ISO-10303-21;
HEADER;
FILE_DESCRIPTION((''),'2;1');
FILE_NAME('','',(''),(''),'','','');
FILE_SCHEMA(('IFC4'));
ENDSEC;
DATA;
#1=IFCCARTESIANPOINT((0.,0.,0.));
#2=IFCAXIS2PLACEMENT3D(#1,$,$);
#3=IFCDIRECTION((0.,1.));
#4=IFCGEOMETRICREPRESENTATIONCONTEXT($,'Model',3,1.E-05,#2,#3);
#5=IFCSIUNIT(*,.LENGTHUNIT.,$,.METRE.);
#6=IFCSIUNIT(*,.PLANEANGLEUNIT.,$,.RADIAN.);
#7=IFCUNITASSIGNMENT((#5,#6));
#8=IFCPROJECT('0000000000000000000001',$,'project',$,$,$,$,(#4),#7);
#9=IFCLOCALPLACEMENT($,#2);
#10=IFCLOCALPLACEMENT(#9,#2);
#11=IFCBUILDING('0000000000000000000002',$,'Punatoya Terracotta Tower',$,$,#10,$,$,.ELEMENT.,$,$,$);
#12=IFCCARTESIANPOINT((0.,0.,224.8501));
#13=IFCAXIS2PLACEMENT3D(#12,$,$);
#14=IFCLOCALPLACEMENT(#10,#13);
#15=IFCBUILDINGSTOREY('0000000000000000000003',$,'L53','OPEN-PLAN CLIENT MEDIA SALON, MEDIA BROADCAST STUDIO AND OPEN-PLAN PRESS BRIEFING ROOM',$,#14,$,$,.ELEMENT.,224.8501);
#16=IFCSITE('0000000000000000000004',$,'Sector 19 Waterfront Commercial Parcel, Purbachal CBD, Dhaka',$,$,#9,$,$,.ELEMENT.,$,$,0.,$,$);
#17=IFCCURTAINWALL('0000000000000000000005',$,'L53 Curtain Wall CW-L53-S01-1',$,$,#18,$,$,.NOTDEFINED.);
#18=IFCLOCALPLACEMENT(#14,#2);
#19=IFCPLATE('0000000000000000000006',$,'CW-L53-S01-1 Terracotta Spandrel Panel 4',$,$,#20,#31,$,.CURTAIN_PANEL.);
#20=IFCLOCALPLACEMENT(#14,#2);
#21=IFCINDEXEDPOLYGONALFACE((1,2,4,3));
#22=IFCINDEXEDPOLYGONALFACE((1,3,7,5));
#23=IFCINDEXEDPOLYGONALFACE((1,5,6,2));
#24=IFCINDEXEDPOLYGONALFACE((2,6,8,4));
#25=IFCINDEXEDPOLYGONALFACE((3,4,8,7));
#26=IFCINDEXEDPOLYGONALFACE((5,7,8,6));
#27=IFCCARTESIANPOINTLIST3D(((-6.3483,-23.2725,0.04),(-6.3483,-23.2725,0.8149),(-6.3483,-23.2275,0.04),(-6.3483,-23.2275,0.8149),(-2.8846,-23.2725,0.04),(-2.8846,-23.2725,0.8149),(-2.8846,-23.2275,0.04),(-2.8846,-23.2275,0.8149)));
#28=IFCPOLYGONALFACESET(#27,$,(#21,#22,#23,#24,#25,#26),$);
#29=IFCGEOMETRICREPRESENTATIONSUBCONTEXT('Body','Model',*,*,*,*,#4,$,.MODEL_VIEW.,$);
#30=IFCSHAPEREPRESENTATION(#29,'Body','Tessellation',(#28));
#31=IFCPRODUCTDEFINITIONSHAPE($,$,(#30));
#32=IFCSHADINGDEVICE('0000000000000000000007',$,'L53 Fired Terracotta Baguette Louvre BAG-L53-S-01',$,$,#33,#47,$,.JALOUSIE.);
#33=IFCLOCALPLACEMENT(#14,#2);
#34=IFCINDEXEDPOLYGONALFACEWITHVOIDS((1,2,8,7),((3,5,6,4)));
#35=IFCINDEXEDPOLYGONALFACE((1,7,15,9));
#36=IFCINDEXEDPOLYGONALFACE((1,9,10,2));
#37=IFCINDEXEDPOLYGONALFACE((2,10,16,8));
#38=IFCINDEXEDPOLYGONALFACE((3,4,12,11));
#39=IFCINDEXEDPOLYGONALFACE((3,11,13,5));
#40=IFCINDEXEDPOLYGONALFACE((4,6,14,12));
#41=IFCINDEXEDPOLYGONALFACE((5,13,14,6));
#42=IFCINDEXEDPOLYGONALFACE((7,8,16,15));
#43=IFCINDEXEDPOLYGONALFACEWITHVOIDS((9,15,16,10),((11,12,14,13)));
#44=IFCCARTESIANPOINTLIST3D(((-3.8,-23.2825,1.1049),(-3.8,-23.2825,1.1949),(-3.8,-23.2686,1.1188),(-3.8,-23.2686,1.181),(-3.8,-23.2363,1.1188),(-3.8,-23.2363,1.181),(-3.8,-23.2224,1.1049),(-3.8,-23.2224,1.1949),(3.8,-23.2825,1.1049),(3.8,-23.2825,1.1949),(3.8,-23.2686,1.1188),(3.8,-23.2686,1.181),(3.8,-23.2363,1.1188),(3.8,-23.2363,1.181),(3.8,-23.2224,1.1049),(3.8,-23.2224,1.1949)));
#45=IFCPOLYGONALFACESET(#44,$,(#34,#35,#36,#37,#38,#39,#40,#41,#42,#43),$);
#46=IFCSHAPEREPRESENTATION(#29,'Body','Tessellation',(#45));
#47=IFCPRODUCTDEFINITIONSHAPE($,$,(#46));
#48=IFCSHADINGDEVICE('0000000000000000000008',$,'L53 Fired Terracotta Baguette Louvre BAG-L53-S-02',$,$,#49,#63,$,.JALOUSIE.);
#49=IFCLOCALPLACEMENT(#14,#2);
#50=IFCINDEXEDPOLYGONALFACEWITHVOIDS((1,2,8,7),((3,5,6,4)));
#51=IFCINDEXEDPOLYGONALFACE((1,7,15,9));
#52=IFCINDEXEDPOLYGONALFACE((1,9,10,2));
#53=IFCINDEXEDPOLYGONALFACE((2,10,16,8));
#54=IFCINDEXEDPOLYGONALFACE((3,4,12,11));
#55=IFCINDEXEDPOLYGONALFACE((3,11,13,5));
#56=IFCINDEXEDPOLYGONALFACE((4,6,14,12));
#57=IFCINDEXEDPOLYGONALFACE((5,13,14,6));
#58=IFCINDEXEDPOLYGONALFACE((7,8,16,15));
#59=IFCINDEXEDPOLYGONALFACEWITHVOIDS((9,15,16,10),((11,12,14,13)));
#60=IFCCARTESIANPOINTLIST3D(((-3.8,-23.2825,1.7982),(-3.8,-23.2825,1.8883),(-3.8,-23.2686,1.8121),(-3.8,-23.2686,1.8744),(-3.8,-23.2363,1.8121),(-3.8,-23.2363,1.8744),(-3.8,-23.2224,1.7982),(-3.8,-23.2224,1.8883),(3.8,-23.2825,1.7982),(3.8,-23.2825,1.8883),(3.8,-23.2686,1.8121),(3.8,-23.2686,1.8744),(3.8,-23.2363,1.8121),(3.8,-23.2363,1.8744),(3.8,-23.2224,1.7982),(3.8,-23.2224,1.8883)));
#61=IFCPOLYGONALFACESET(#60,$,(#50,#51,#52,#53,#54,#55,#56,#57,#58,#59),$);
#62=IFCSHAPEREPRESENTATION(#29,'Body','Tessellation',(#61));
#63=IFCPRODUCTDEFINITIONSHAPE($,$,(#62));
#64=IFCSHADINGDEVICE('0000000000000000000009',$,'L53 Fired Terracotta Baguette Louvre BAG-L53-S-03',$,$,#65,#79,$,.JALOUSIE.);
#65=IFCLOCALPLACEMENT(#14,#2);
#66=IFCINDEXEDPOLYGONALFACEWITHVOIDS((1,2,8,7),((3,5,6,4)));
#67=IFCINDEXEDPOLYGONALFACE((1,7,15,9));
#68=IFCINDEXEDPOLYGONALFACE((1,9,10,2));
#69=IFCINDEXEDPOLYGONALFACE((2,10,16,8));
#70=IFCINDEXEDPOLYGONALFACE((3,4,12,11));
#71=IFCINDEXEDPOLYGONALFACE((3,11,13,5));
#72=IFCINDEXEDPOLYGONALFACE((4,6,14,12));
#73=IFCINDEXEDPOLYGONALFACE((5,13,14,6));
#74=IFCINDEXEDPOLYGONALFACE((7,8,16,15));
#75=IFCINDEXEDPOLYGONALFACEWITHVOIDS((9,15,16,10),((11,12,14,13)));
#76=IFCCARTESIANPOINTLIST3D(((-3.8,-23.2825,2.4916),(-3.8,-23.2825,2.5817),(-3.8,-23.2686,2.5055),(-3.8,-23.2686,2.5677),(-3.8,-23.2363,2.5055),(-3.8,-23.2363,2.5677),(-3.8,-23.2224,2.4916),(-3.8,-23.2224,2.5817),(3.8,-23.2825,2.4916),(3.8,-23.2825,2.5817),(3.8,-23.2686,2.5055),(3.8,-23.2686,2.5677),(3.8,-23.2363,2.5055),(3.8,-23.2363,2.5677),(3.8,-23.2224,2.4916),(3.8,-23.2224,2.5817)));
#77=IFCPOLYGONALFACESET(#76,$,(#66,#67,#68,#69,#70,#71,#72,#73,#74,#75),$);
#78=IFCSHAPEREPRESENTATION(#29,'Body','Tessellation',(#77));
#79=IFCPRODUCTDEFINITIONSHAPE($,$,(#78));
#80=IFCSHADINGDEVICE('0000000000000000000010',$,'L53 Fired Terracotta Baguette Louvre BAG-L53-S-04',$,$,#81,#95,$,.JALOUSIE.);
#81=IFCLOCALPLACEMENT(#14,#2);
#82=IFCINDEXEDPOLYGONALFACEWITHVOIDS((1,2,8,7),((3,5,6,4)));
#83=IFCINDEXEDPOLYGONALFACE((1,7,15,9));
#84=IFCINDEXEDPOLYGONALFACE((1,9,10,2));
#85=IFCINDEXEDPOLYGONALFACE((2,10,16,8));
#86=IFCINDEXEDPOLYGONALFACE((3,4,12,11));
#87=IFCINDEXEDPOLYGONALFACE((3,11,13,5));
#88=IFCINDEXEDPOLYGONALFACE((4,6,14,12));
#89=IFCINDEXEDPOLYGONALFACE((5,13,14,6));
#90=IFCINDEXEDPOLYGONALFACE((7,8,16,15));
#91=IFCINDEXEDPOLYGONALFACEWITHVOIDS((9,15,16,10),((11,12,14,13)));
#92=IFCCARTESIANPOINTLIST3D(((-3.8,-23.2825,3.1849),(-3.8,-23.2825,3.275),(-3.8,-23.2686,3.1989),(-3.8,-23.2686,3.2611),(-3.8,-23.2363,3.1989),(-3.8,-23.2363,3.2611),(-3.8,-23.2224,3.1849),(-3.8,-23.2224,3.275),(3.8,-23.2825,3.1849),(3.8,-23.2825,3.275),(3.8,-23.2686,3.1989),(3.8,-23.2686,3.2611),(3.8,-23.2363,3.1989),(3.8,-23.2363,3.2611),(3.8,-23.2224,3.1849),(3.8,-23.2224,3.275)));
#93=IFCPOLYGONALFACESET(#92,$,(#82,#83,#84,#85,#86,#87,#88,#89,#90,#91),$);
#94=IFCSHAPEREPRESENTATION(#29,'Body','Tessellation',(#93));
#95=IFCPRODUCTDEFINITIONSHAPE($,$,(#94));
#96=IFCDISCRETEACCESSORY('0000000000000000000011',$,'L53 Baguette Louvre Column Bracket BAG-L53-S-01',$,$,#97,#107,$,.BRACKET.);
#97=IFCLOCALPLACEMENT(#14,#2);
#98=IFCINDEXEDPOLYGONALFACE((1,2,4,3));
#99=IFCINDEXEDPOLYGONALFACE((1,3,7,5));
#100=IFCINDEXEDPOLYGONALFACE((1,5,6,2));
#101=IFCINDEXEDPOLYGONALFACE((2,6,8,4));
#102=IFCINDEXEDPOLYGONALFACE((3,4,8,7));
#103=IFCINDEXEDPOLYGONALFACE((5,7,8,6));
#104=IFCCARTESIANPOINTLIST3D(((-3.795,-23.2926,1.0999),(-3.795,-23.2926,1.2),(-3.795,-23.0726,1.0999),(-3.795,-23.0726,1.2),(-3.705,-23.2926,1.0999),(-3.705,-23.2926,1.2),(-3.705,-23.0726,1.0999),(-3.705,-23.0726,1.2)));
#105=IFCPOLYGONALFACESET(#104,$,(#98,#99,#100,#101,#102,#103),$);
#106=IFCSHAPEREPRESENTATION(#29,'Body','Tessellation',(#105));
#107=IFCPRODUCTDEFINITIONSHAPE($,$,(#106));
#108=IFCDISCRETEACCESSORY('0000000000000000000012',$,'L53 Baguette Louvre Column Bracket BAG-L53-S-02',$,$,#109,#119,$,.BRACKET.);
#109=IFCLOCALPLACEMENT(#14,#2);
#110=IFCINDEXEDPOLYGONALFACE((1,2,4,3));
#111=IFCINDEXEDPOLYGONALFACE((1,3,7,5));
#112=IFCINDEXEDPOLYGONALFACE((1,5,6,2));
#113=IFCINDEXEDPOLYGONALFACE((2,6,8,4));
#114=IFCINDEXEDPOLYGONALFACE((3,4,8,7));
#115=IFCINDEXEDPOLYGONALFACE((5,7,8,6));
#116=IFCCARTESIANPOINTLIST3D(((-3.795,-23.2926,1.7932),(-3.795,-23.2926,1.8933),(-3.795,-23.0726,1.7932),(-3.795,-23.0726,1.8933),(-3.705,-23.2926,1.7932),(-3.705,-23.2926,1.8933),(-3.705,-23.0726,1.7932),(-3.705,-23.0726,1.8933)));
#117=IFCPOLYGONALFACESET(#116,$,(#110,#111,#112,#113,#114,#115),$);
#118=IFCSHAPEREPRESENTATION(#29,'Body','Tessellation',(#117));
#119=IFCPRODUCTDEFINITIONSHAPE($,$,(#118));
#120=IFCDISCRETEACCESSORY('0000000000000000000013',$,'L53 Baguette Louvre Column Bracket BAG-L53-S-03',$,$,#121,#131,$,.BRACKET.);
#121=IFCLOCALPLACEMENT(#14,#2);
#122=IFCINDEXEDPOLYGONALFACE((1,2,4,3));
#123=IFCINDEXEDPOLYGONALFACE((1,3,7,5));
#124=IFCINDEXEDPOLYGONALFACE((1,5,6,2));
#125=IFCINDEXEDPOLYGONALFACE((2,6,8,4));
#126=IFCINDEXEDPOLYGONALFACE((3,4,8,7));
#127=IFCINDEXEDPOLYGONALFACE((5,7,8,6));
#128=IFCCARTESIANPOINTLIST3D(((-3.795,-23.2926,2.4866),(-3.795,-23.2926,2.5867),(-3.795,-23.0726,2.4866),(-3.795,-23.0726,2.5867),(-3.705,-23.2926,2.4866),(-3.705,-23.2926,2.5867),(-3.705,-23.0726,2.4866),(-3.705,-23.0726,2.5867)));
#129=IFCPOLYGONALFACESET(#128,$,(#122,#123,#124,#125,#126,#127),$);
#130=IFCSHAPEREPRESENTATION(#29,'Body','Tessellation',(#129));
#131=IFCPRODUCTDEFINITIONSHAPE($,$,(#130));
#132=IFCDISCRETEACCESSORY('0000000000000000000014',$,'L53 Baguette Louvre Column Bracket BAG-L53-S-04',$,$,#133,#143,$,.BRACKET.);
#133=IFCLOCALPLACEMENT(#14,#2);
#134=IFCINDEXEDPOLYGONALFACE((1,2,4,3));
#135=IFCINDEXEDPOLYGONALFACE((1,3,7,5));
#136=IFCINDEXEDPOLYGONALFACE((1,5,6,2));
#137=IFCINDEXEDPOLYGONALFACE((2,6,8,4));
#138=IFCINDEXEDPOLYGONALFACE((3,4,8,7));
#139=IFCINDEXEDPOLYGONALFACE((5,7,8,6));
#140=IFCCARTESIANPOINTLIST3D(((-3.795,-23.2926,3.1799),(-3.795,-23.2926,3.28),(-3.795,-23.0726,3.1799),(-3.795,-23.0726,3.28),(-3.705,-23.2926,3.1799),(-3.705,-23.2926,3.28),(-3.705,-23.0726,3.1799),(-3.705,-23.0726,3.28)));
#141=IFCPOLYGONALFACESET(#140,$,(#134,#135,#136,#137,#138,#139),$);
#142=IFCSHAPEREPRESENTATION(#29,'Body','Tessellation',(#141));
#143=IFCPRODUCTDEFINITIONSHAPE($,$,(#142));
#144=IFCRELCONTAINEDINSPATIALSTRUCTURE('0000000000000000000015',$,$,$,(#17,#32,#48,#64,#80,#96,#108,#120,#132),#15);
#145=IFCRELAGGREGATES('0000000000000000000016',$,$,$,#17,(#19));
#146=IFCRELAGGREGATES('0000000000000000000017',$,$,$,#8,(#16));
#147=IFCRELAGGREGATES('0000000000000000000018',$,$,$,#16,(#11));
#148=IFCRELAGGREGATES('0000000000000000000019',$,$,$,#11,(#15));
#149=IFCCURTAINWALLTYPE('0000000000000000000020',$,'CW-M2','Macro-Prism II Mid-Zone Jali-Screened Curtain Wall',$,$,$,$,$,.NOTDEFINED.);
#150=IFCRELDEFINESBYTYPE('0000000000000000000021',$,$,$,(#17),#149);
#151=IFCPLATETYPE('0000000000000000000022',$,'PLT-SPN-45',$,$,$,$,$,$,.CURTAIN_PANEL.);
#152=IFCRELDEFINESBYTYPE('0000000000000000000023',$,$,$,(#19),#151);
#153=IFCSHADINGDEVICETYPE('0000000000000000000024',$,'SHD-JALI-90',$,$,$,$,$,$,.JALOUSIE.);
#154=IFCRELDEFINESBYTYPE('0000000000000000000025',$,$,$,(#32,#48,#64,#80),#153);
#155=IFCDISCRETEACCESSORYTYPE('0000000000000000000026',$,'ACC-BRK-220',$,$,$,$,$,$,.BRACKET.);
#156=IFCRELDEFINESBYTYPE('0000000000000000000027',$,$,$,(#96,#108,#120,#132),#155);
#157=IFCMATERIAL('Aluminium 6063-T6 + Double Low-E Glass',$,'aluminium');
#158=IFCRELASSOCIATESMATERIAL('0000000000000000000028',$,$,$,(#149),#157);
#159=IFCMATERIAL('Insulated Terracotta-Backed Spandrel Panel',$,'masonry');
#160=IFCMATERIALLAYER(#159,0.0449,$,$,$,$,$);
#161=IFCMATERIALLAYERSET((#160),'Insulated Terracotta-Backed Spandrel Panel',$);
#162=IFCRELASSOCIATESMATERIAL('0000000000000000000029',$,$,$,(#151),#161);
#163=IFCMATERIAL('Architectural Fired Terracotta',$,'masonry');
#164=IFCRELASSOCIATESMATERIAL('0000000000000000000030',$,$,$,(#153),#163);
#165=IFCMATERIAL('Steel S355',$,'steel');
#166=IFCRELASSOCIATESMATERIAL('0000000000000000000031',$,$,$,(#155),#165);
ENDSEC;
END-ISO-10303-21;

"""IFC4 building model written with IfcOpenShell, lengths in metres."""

from ifc_helpers import new_model, si_unit, direction, frame, origin, origin_2d, place, context, subcontext, project, spatial, rectangle, hollow_rectangle, extrude, material, layer, layer_set, material_profile, profile_set, type_object, element, aggregate, save


model = new_model("IFC4")

# Units and contexts
model_context = context("Model", 3, precision=1e-05, world=origin(), true_north=direction((0.0, 1.0)))
body_context = subcontext(model_context, "Body", "Model", "MODEL_VIEW")
ifc_project = project(units=[si_unit("LENGTHUNIT", "METRE"), si_unit("PLANEANGLEUNIT", "RADIAN")], contexts=[model_context])

# Site, building, storey
site_placement = place(None, origin())
site = spatial("IfcSite", under=ifc_project, at=site_placement, Name="Sector 19 Waterfront Commercial Parcel, Purbachal CBD, Dhaka", CompositionType="ELEMENT", RefElevation=0.0)
building_placement = place(site_placement, origin())
building = spatial("IfcBuilding", under=site, at=building_placement, Name="Punatoya Terracotta Tower", CompositionType="ELEMENT")
storey_placement = place(building_placement, frame((0.0, 0.0, 224.8501)))
storey = spatial("IfcBuildingStorey", under=building, at=storey_placement, Name="L53", Description="OPEN-PLAN CLIENT MEDIA SALON, MEDIA BROADCAST STUDIO AND OPEN-PLAN PRESS BRIEFING ROOM", CompositionType="ELEMENT", Elevation=224.8501)

# Shared definitions
ifc_material_1 = material(Name="Steel S355", Category="steel")

# Curtain wall
ifc_material_2 = material(Name="Aluminium 6063-T6 + Double Low-E Glass", Category="aluminium")
curtain_wall_type = type_object("IfcCurtainWallType", Name="CW-M2", Description="Macro-Prism II Mid-Zone Jali-Screened Curtain Wall", PredefinedType="NOTDEFINED", material=ifc_material_2)
curtain_wall_placement = place(storey_placement, origin())
curtain_wall = element("IfcCurtainWall", 1, at=curtain_wall_placement, inside=storey, type_object=curtain_wall_type, Name="L53 Curtain Wall CW-L53-S01-1", PredefinedType="NOTDEFINED")

# Plate
ifc_material_3 = material(Name="Insulated Terracotta-Backed Spandrel Panel", Category="masonry")
ifc_layer_1 = layer(ifc_material_3, 0.0449)
ifc_layer_set_1 = layer_set([ifc_layer_1], Name="Insulated Terracotta-Backed Spandrel Panel")
plate_type_1 = type_object("IfcPlateType", Name="PLT-SPN-45", PredefinedType="CURTAIN_PANEL", material=ifc_layer_set_1)
plate_1_placement = place(storey_placement, frame((-4.6165, -23.25, 0.04), z_axis=(0.0, 0.0, 1.0), x_axis=(1.0, 0.0, 0.0)))
plate_1 = element("IfcPlate", 2, at=plate_1_placement, type_object=plate_type_1, Name="CW-L53-S01-1 Terracotta Spandrel Panel 4", PredefinedType="CURTAIN_PANEL", context=body_context, shape_type="SweptSolid", body=[
    extrude(rectangle(XDim=3.4636, YDim=0.0449, at=origin_2d()), origin(), (0.0, 0.0, 1.0), 0.7749),
])
aggregate(curtain_wall, [plate_1])

# Shading devices
ifc_material_4 = material(Name="Architectural Fired Terracotta", Category="masonry")
ifc_material_profile_1 = material_profile(ifc_material_4, hollow_rectangle(XDim=0.0601, YDim=0.0901, WallThickness=0.0139, at=origin_2d()))
ifc_profile_set_1 = profile_set([ifc_material_profile_1], Name="Architectural Fired Terracotta")
shading_device_type = type_object("IfcShadingDeviceType", Name="SHD-JALI-90", PredefinedType="JALOUSIE", material=ifc_profile_set_1)
for number, where, z_axis, x_axis, name in (
    (3, (-3.8, -23.2524, 1.1499), (1.0, 0.0, 0.0), (0.0, 1.0, 0.0), "L53 Fired Terracotta Baguette Louvre BAG-L53-S-01"),
    (4, (-3.8, -23.2524, 1.8433), (1.0, 0.0, 0.0), (0.0, 1.0, 0.0), "L53 Fired Terracotta Baguette Louvre BAG-L53-S-02"),
    (5, (-3.8, -23.2524, 2.5366), (1.0, 0.0, 0.0), (0.0, 1.0, 0.0), "L53 Fired Terracotta Baguette Louvre BAG-L53-S-03"),
    (6, (-3.8, -23.2524, 3.23), (1.0, 0.0, 0.0), (0.0, 1.0, 0.0), "L53 Fired Terracotta Baguette Louvre BAG-L53-S-04"),
):
    element("IfcShadingDevice", number, at=place(storey_placement, frame(where, z_axis=z_axis, x_axis=x_axis)), inside=storey, type_object=shading_device_type, Name=name, PredefinedType="JALOUSIE", context=body_context, shape_type="SweptSolid", body=[
        extrude(hollow_rectangle(XDim=0.0601, YDim=0.0901, WallThickness=0.0139, at=origin_2d()), origin(), (0.0, 0.0, 1.0), 7.6001),
    ])

# Discrete accessories
discrete_accessory_type = type_object("IfcDiscreteAccessoryType", Name="ACC-BRK-220", PredefinedType="BRACKET", material=ifc_material_1)
for number, where, z_axis, x_axis, name in (
    (7, (-3.75, -23.1826, 1.0999), (0.0, 0.0, 1.0), (1.0, 0.0, 0.0), "L53 Baguette Louvre Column Bracket BAG-L53-S-01"),
    (8, (-3.75, -23.1826, 1.7932), (0.0, 0.0, 1.0), (1.0, 0.0, 0.0), "L53 Baguette Louvre Column Bracket BAG-L53-S-02"),
    (9, (-3.75, -23.1826, 2.4866), (0.0, 0.0, 1.0), (1.0, 0.0, 0.0), "L53 Baguette Louvre Column Bracket BAG-L53-S-03"),
    (10, (-3.75, -23.1826, 3.1799), (0.0, 0.0, 1.0), (1.0, 0.0, 0.0), "L53 Baguette Louvre Column Bracket BAG-L53-S-04"),
):
    element("IfcDiscreteAccessory", number, at=place(storey_placement, frame(where, z_axis=z_axis, x_axis=x_axis)), inside=storey, type_object=discrete_accessory_type, Name=name, PredefinedType="BRACKET", context=body_context, shape_type="SweptSolid", body=[
        extrude(rectangle(XDim=0.0901, YDim=0.22, at=origin_2d()), origin(), (0.0, 0.0, 1.0), 0.1001),
    ])

save(model, "model.ifc")
